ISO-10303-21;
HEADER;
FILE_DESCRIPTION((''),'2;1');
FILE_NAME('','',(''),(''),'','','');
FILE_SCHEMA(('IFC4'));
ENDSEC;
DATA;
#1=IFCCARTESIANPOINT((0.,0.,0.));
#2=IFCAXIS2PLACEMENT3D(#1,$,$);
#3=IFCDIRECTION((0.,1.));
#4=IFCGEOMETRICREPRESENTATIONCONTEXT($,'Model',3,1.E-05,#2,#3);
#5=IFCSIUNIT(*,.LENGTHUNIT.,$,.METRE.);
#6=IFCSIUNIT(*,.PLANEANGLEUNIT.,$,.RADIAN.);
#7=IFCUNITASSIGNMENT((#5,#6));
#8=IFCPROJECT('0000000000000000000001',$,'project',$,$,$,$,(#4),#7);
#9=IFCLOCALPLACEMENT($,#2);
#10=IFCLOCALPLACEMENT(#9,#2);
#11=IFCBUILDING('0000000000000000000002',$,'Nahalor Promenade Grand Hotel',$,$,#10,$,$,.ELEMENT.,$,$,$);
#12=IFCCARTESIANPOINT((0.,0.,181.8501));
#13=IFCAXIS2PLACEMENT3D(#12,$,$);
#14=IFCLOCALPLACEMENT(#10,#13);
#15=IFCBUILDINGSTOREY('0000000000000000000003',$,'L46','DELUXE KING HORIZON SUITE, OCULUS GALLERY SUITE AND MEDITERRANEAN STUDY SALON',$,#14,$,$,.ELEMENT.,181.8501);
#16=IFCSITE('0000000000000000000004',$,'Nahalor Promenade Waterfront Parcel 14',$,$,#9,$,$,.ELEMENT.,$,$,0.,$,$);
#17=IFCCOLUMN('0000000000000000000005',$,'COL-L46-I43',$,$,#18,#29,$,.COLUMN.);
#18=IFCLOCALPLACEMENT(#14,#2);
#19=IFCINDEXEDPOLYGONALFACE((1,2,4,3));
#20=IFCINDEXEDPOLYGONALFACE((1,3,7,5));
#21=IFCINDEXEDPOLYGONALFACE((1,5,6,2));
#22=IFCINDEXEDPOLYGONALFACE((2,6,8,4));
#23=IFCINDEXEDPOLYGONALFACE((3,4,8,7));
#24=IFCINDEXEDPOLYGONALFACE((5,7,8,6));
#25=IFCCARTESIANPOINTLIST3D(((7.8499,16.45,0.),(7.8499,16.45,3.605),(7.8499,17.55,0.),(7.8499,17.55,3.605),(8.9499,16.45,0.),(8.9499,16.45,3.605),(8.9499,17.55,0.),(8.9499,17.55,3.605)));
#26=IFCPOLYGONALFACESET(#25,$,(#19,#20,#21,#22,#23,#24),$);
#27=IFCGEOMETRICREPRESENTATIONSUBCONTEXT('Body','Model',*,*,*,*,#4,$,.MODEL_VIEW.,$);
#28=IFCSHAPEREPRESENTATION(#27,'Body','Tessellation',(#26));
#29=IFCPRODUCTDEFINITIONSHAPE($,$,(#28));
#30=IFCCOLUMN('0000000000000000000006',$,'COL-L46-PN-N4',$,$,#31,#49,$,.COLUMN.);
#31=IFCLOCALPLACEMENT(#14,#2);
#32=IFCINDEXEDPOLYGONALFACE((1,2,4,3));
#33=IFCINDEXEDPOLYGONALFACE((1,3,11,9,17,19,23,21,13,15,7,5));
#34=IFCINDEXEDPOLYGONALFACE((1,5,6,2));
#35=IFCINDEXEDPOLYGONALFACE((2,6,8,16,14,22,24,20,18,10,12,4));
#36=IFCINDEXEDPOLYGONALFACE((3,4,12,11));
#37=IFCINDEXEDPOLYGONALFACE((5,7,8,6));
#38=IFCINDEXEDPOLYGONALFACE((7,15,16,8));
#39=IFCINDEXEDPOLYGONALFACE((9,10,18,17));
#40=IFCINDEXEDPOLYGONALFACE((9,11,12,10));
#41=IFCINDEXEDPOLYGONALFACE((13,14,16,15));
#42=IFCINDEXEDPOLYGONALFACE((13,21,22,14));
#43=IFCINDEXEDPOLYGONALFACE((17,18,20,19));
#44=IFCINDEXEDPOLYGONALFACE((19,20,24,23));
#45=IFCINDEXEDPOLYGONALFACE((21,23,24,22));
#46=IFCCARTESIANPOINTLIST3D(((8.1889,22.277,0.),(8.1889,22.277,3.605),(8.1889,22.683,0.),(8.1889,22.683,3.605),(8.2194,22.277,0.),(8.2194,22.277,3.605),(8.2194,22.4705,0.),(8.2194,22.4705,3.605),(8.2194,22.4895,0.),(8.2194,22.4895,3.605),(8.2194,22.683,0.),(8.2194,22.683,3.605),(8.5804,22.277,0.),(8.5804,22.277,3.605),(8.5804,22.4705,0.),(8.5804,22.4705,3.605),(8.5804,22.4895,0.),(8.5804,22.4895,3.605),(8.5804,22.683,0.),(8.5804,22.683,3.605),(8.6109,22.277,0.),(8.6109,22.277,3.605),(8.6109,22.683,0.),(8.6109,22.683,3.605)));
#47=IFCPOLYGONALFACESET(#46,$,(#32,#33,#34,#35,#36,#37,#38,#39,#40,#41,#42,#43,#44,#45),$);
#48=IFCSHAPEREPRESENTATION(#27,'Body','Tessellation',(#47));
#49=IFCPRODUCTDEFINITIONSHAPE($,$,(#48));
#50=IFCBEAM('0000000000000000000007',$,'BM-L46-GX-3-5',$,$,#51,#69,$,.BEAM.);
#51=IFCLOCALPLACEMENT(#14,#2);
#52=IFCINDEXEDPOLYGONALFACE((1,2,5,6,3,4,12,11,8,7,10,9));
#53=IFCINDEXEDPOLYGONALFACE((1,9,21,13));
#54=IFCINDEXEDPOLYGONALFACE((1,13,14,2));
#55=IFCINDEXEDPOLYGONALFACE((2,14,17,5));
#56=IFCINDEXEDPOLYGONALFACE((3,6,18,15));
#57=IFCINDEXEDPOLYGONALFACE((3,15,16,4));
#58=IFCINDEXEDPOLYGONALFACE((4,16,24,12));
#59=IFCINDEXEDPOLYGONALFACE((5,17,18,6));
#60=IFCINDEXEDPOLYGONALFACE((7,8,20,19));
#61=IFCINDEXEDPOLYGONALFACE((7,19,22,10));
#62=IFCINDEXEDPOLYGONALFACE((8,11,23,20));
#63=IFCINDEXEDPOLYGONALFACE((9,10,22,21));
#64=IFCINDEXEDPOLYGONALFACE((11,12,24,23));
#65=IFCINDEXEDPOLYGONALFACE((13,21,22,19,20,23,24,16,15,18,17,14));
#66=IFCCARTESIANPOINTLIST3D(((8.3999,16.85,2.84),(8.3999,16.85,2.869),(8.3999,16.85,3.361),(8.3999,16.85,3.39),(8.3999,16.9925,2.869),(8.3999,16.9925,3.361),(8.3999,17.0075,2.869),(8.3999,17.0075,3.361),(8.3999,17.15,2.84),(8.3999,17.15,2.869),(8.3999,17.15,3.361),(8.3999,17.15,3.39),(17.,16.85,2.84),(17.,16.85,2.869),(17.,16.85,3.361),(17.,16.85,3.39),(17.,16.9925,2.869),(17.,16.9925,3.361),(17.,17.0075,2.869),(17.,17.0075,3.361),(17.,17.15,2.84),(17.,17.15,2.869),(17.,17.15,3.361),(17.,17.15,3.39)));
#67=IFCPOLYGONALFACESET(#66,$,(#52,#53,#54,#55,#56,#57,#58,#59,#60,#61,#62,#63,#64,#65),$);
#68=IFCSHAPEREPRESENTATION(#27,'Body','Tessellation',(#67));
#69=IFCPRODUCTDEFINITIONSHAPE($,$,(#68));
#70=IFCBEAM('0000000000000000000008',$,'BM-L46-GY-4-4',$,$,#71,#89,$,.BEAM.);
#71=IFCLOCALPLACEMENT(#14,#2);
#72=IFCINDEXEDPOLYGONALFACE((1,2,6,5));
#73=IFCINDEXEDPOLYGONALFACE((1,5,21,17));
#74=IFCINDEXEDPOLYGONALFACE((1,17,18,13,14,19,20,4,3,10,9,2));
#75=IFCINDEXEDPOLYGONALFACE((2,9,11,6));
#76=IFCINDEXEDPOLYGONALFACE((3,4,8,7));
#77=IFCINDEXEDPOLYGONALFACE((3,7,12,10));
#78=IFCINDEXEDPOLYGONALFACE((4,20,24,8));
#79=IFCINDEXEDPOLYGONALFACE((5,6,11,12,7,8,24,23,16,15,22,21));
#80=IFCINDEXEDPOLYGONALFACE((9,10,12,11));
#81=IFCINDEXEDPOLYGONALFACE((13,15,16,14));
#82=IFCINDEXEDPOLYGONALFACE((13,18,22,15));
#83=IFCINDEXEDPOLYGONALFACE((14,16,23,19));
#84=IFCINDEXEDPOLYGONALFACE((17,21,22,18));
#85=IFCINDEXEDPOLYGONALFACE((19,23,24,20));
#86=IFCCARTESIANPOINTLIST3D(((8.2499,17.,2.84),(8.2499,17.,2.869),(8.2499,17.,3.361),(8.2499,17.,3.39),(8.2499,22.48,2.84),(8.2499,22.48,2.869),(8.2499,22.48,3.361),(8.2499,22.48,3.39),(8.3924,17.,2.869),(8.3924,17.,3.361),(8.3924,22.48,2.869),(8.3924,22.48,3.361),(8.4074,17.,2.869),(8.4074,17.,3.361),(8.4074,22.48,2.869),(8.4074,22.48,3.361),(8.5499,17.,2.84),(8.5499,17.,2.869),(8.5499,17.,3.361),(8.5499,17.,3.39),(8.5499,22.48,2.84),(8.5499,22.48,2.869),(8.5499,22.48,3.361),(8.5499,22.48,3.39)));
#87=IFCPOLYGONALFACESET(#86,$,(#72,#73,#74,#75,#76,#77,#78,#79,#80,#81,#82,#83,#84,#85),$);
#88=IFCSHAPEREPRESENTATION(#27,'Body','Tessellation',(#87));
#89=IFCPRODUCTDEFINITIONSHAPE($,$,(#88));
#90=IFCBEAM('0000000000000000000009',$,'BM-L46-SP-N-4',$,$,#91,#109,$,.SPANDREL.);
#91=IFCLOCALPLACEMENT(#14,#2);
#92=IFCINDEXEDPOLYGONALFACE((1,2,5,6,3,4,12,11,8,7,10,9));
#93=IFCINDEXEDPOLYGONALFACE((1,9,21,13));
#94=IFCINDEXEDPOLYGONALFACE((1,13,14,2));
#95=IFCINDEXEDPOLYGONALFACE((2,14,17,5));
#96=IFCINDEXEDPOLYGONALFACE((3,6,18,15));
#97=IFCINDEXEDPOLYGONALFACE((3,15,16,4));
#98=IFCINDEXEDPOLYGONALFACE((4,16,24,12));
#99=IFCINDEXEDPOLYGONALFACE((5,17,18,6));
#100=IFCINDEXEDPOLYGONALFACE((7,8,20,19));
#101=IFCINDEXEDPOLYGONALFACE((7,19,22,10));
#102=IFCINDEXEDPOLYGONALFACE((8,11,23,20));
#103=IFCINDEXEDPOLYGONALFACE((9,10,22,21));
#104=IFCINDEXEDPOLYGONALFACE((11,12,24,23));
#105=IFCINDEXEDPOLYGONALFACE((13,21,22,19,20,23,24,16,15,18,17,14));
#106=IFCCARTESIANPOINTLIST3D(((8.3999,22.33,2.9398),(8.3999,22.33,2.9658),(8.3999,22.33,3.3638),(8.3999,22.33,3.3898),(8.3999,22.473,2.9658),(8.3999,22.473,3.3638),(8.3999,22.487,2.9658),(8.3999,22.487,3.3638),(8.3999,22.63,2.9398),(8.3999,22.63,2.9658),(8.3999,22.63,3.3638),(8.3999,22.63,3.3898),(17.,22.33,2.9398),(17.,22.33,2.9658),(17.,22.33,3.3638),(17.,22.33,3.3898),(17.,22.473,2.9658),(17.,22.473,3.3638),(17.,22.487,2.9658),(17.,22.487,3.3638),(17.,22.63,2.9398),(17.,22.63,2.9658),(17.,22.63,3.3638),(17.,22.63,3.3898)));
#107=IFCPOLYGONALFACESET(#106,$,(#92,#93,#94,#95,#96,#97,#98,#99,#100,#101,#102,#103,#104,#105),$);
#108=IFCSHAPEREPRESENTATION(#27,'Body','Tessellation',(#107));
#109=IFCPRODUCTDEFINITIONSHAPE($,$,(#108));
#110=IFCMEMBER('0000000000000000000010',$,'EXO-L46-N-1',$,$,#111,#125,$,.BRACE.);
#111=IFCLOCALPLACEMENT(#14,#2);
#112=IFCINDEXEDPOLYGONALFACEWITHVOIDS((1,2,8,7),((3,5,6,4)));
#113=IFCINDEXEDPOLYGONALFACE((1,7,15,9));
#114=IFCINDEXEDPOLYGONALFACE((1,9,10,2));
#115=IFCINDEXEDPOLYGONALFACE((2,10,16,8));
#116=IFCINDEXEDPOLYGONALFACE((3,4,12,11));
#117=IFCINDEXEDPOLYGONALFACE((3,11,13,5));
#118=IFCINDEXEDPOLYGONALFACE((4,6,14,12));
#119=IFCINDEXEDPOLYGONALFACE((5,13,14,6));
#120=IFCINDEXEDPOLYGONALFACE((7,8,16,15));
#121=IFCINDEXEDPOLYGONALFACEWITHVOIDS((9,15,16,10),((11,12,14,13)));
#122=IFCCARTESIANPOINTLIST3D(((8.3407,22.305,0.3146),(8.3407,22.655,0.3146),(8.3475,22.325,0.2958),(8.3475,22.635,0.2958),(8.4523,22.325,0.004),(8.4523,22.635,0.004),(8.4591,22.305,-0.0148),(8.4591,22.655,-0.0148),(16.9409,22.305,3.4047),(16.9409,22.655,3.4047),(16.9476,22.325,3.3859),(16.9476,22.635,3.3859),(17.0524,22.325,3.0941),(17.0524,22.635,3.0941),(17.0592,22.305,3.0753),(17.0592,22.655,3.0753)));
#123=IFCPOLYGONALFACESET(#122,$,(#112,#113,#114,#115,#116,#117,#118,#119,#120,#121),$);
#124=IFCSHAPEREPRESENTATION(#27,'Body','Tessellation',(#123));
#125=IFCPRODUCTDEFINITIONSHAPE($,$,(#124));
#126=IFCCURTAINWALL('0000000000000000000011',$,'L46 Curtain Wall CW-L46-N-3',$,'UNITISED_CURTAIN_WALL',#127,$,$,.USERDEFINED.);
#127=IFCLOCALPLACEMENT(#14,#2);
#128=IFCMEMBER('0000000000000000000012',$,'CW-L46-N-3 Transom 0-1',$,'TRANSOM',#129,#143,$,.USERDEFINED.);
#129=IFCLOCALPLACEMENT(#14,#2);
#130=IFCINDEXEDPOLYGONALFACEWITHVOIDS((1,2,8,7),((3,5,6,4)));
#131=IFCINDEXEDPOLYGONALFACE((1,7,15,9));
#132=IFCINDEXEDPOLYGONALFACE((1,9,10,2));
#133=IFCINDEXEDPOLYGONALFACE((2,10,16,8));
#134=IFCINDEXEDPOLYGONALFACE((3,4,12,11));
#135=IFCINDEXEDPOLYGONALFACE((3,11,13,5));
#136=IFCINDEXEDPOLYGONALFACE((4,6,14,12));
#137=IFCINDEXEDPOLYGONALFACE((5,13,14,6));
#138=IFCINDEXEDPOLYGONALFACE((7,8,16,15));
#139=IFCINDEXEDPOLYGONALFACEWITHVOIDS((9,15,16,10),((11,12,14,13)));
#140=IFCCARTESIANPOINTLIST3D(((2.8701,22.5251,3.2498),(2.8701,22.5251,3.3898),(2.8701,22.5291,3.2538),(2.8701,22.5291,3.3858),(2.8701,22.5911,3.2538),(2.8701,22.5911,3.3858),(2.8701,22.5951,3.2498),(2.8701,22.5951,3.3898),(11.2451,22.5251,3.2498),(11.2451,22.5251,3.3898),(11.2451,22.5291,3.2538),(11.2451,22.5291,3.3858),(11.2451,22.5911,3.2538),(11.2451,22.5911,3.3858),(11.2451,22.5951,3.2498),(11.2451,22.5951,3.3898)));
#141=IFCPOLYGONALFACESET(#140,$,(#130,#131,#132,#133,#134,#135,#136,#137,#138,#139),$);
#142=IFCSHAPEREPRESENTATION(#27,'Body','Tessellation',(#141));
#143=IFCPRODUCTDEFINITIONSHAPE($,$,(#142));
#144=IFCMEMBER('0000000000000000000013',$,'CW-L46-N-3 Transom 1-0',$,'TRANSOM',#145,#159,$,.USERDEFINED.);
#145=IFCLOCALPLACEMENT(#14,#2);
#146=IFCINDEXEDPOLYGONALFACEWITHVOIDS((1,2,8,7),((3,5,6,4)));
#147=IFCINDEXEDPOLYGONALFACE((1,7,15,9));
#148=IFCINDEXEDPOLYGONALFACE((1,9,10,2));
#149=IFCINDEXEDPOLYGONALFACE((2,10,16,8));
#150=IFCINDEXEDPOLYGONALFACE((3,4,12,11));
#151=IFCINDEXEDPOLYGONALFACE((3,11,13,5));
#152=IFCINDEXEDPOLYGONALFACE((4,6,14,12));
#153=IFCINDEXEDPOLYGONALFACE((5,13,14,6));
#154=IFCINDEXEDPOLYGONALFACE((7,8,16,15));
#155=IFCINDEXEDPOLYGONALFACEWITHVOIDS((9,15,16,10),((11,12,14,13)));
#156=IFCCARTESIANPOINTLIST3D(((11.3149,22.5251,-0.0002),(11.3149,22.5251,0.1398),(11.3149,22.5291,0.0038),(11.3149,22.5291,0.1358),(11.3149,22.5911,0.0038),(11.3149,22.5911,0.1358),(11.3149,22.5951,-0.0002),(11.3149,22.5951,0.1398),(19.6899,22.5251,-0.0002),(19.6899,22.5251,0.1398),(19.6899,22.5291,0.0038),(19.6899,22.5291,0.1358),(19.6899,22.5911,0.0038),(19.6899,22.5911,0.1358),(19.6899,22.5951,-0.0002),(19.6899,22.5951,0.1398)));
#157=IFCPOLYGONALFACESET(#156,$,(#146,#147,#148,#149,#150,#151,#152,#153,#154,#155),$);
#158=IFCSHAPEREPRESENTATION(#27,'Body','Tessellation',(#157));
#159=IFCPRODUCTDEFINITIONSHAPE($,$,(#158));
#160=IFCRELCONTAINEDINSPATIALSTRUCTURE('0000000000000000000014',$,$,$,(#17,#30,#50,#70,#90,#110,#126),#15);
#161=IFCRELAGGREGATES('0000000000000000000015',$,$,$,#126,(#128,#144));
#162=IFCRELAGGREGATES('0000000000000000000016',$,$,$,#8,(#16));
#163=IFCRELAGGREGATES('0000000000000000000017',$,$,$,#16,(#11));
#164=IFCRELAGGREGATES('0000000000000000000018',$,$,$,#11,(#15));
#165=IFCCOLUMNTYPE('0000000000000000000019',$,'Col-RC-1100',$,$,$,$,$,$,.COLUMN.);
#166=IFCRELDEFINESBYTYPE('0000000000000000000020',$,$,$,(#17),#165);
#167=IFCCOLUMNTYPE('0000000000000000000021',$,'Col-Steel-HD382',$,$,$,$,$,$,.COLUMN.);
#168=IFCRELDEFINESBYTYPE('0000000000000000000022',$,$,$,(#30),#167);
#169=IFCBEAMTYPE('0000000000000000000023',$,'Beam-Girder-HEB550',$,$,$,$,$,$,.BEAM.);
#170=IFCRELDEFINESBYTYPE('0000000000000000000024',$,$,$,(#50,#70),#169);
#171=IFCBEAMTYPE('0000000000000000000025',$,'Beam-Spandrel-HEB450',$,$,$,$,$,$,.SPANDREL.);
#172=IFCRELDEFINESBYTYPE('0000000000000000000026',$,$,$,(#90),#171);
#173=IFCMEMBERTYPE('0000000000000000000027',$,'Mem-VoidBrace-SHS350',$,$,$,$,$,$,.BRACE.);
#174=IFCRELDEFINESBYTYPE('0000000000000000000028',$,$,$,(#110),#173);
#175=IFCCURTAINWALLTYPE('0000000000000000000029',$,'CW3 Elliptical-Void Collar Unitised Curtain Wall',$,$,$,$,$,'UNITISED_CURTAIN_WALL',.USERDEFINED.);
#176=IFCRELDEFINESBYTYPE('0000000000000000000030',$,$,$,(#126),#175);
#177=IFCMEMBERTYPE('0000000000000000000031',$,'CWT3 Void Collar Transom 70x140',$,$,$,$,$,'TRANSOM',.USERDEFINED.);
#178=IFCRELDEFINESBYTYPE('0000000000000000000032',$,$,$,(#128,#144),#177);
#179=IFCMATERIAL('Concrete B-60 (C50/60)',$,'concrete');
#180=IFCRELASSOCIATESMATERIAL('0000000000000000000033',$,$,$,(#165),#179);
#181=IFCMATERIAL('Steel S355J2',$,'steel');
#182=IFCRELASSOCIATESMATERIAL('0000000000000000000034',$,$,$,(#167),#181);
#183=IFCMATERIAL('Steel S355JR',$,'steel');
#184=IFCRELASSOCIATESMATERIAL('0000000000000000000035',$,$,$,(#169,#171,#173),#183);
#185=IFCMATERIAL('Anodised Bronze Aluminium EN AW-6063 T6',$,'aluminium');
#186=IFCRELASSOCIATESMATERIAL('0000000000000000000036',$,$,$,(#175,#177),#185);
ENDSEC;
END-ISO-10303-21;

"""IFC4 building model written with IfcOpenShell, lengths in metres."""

from ifc_helpers import new_model, si_unit, direction, frame, origin, origin_2d, place, context, subcontext, project, spatial, rectangle, hollow_rectangle, i_section, extrude, source, transform, mapped, material, material_profile, profile_set, type_object, element, aggregate, save


model = new_model("IFC4")

# Units and contexts
model_context = context("Model", 3, precision=1e-05, world=origin(), true_north=direction((0.0, 1.0)))
body_context = subcontext(model_context, "Body", "Model", "MODEL_VIEW")
ifc_project = project(units=[si_unit("LENGTHUNIT", "METRE"), si_unit("PLANEANGLEUNIT", "RADIAN")], contexts=[model_context])

# Site, building, storey
site_placement = place(None, origin())
site = spatial("IfcSite", under=ifc_project, at=site_placement, Name="Nahalor Promenade Waterfront Parcel 14", CompositionType="ELEMENT", RefElevation=0.0)
building_placement = place(site_placement, origin())
building = spatial("IfcBuilding", under=site, at=building_placement, Name="Nahalor Promenade Grand Hotel", CompositionType="ELEMENT")
storey_placement = place(building_placement, frame((0.0, 0.0, 181.8501)))
storey = spatial("IfcBuildingStorey", under=building, at=storey_placement, Name="L46", Description="DELUXE KING HORIZON SUITE, OCULUS GALLERY SUITE AND MEDITERRANEAN STUDY SALON", CompositionType="ELEMENT", Elevation=181.8501)

# Columns
ifc_material_1 = material(Name="Concrete B-60 (C50/60)", Category="concrete")
ifc_material_profile_1 = material_profile(ifc_material_1, rectangle(XDim=1.1, YDim=1.1, at=origin_2d()), Name="RC 1100x1100")
ifc_profile_set_1 = profile_set([ifc_material_profile_1], Name="Concrete B-60 (C50/60)")
column_type_1 = type_object("IfcColumnType", Name="Col-RC-1100", PredefinedType="COLUMN", material=ifc_profile_set_1)
shared_shape_1 = source(origin(), body_context, "Body", "SweptSolid", [
    extrude(rectangle(XDim=1.1, YDim=1.1, at=origin_2d()), origin(), (0.0, 0.0, 1.0), 3.605),
])
column_1_placement = place(storey_placement, frame((8.3999, 17.0, 0.0), z_axis=(0.0, 0.0, 1.0), x_axis=(1.0, 0.0, 0.0)))
element("IfcColumn", 1, at=column_1_placement, inside=storey, type_object=column_type_1, Name="COL-L46-I43", PredefinedType="COLUMN", context=body_context, shape_type="MappedRepresentation", body=[
    mapped(shared_shape_1, transform((0.0, 0.0, 0.0), scale=1.0)),
])
ifc_material_2 = material(Name="Steel S355J2", Category="steel")
ifc_material_profile_2 = material_profile(ifc_material_2, i_section(OverallWidth=0.406, OverallDepth=0.422, WebThickness=0.019, FlangeThickness=0.0305, at=origin_2d()), Name="HD 400x382")
ifc_profile_set_2 = profile_set([ifc_material_profile_2], Name="Steel S355J2")
column_type_2 = type_object("IfcColumnType", Name="Col-Steel-HD382", PredefinedType="COLUMN", material=ifc_profile_set_2)
shared_shape_2 = source(origin(), body_context, "Body", "SweptSolid", [
    extrude(i_section(OverallWidth=0.406, OverallDepth=0.422, WebThickness=0.019, FlangeThickness=0.0305, at=origin_2d()), origin(), (0.0, 0.0, 1.0), 3.605),
])
column_2_placement = place(storey_placement, frame((8.3999, 22.48, 0.0), z_axis=(0.0, 0.0, 1.0), x_axis=(0.0, 1.0, 0.0)))
element("IfcColumn", 2, at=column_2_placement, inside=storey, type_object=column_type_2, Name="COL-L46-PN-N4", PredefinedType="COLUMN", context=body_context, shape_type="MappedRepresentation", body=[
    mapped(shared_shape_2, transform((0.0, 0.0, 0.0), scale=1.0)),
])

# Beams
ifc_material_3 = material(Name="Steel S355JR", Category="steel")
ifc_material_profile_3 = material_profile(ifc_material_3, i_section(OverallWidth=0.3, OverallDepth=0.55, WebThickness=0.015, FlangeThickness=0.029, at=origin_2d()), Name="HEB 550")
ifc_profile_set_3 = profile_set([ifc_material_profile_3], Name="Steel S355JR")
beam_type_1 = type_object("IfcBeamType", Name="Beam-Girder-HEB550", PredefinedType="BEAM", material=ifc_profile_set_3)
shared_shape_3 = source(origin(), body_context, "Body", "SweptSolid", [
    extrude(i_section(OverallWidth=0.3, OverallDepth=0.55, WebThickness=0.015, FlangeThickness=0.029, at=origin_2d()), origin(), (0.0, 0.0, 1.0), 8.6001),
])
beam_1_placement = place(storey_placement, frame((8.3999, 17.0, 3.115), z_axis=(1.0, 0.0, 0.0), x_axis=(0.0, 1.0, 0.0)))
element("IfcBeam", 3, at=beam_1_placement, inside=storey, type_object=beam_type_1, Name="BM-L46-GX-3-5", PredefinedType="BEAM", context=body_context, shape_type="MappedRepresentation", body=[
    mapped(shared_shape_3, transform((0.0, 0.0, 0.0), scale=1.0)),
])
shared_shape_4 = source(origin(), body_context, "Body", "SweptSolid", [
    extrude(i_section(OverallWidth=0.3, OverallDepth=0.55, WebThickness=0.015, FlangeThickness=0.029, at=origin_2d()), origin(), (0.0, 0.0, 1.0), 5.48),
])
beam_2_placement = place(storey_placement, frame((8.3999, 17.0, 3.115), z_axis=(0.0, 1.0, 0.0), x_axis=(-1.0, 0.0, 0.0)))
element("IfcBeam", 4, at=beam_2_placement, inside=storey, type_object=beam_type_1, Name="BM-L46-GY-4-4", PredefinedType="BEAM", context=body_context, shape_type="MappedRepresentation", body=[
    mapped(shared_shape_4, transform((0.0, 0.0, 0.0), scale=1.0)),
])
ifc_material_profile_4 = material_profile(ifc_material_3, i_section(OverallWidth=0.3, OverallDepth=0.45, WebThickness=0.014, FlangeThickness=0.026, at=origin_2d()), Name="HEB 450")
ifc_profile_set_4 = profile_set([ifc_material_profile_4], Name="Steel S355JR")
beam_type_2 = type_object("IfcBeamType", Name="Beam-Spandrel-HEB450", PredefinedType="SPANDREL", material=ifc_profile_set_4)
shared_shape_5 = source(origin(), body_context, "Body", "SweptSolid", [
    extrude(i_section(OverallWidth=0.3, OverallDepth=0.45, WebThickness=0.014, FlangeThickness=0.026, at=origin_2d()), origin(), (0.0, 0.0, 1.0), 8.6001),
])
beam_3_placement = place(storey_placement, frame((8.3999, 22.48, 3.1648), z_axis=(1.0, 0.0, 0.0), x_axis=(0.0, 1.0, 0.0)))
element("IfcBeam", 5, at=beam_3_placement, inside=storey, type_object=beam_type_2, Name="BM-L46-SP-N-4", PredefinedType="SPANDREL", context=body_context, shape_type="MappedRepresentation", body=[
    mapped(shared_shape_5, transform((0.0, 0.0, 0.0), scale=1.0)),
])

# Member
ifc_material_profile_5 = material_profile(ifc_material_3, hollow_rectangle(XDim=0.35, YDim=0.35, WallThickness=0.02, at=origin_2d()), Name="SHS 350x350x20")
ifc_profile_set_5 = profile_set([ifc_material_profile_5], Name="Steel S355JR")
member_type_1 = type_object("IfcMemberType", Name="Mem-VoidBrace-SHS350", PredefinedType="BRACE", material=ifc_profile_set_5)
shared_shape_6 = source(origin(), body_context, "Body", "SweptSolid", [
    extrude(hollow_rectangle(XDim=0.35, YDim=0.35, WallThickness=0.02, at=origin_2d()), origin(), (0.0, 0.0, 1.0), 9.1384),
])
member_1_placement = place(storey_placement, frame((8.3999, 22.48, 0.1499), z_axis=(0.941095, 0.0, 0.338143), x_axis=(0.0, 1.0, 0.0)))
element("IfcMember", 6, at=member_1_placement, inside=storey, type_object=member_type_1, Name="EXO-L46-N-1", PredefinedType="BRACE", context=body_context, shape_type="MappedRepresentation", body=[
    mapped(shared_shape_6, transform((0.0, 0.0, 0.0), scale=1.0)),
])

# Curtain wall, members
ifc_material_4 = material(Name="Anodised Bronze Aluminium EN AW-6063 T6", Category="aluminium")
curtain_wall_type = type_object("IfcCurtainWallType", Name="CW3 Elliptical-Void Collar Unitised Curtain Wall", ElementType="UNITISED_CURTAIN_WALL", PredefinedType="USERDEFINED", material=ifc_material_4)
curtain_wall_placement = place(storey_placement, origin())
curtain_wall = element("IfcCurtainWall", 7, at=curtain_wall_placement, inside=storey, type_object=curtain_wall_type, Name="L46 Curtain Wall CW-L46-N-3", ObjectType="UNITISED_CURTAIN_WALL", PredefinedType="USERDEFINED")
ifc_material_profile_6 = material_profile(ifc_material_4, hollow_rectangle(XDim=0.07, YDim=0.14, WallThickness=0.004, at=origin_2d()), Name="CWT 70x140x4")
ifc_profile_set_6 = profile_set([ifc_material_profile_6], Name="Anodised Bronze Aluminium EN AW-6063 T6")
member_type_2 = type_object("IfcMemberType", Name="CWT3 Void Collar Transom 70x140", ElementType="TRANSOM", PredefinedType="USERDEFINED", material=ifc_profile_set_6)
shared_shape_7 = source(origin(), body_context, "Body", "SweptSolid", [
    extrude(hollow_rectangle(XDim=0.07, YDim=0.14, WallThickness=0.004, at=origin_2d()), origin(), (0.0, 0.0, 1.0), 8.375),
])
member_2_placement = place(storey_placement, frame((2.8701, 22.5601, 3.3198), z_axis=(1.0, 0.0, 0.0), x_axis=(0.0, 1.0, 0.0)))
member_2 = element("IfcMember", 8, at=member_2_placement, type_object=member_type_2, Name="CW-L46-N-3 Transom 0-1", ObjectType="TRANSOM", PredefinedType="USERDEFINED", context=body_context, shape_type="MappedRepresentation", body=[
    mapped(shared_shape_7, transform((0.0, 0.0, 0.0), scale=1.0)),
])
member_3_placement = place(storey_placement, frame((11.3149, 22.5601, 0.0698), z_axis=(1.0, 0.0, 0.0), x_axis=(0.0, 1.0, 0.0)))
member_3 = element("IfcMember", 9, at=member_3_placement, type_object=member_type_2, Name="CW-L46-N-3 Transom 1-0", ObjectType="TRANSOM", PredefinedType="USERDEFINED", context=body_context, shape_type="MappedRepresentation", body=[
    mapped(shared_shape_7, transform((0.0, 0.0, 0.0), scale=1.0)),
])
aggregate(curtain_wall, [member_2, member_3])

save(model, "model.ifc")
